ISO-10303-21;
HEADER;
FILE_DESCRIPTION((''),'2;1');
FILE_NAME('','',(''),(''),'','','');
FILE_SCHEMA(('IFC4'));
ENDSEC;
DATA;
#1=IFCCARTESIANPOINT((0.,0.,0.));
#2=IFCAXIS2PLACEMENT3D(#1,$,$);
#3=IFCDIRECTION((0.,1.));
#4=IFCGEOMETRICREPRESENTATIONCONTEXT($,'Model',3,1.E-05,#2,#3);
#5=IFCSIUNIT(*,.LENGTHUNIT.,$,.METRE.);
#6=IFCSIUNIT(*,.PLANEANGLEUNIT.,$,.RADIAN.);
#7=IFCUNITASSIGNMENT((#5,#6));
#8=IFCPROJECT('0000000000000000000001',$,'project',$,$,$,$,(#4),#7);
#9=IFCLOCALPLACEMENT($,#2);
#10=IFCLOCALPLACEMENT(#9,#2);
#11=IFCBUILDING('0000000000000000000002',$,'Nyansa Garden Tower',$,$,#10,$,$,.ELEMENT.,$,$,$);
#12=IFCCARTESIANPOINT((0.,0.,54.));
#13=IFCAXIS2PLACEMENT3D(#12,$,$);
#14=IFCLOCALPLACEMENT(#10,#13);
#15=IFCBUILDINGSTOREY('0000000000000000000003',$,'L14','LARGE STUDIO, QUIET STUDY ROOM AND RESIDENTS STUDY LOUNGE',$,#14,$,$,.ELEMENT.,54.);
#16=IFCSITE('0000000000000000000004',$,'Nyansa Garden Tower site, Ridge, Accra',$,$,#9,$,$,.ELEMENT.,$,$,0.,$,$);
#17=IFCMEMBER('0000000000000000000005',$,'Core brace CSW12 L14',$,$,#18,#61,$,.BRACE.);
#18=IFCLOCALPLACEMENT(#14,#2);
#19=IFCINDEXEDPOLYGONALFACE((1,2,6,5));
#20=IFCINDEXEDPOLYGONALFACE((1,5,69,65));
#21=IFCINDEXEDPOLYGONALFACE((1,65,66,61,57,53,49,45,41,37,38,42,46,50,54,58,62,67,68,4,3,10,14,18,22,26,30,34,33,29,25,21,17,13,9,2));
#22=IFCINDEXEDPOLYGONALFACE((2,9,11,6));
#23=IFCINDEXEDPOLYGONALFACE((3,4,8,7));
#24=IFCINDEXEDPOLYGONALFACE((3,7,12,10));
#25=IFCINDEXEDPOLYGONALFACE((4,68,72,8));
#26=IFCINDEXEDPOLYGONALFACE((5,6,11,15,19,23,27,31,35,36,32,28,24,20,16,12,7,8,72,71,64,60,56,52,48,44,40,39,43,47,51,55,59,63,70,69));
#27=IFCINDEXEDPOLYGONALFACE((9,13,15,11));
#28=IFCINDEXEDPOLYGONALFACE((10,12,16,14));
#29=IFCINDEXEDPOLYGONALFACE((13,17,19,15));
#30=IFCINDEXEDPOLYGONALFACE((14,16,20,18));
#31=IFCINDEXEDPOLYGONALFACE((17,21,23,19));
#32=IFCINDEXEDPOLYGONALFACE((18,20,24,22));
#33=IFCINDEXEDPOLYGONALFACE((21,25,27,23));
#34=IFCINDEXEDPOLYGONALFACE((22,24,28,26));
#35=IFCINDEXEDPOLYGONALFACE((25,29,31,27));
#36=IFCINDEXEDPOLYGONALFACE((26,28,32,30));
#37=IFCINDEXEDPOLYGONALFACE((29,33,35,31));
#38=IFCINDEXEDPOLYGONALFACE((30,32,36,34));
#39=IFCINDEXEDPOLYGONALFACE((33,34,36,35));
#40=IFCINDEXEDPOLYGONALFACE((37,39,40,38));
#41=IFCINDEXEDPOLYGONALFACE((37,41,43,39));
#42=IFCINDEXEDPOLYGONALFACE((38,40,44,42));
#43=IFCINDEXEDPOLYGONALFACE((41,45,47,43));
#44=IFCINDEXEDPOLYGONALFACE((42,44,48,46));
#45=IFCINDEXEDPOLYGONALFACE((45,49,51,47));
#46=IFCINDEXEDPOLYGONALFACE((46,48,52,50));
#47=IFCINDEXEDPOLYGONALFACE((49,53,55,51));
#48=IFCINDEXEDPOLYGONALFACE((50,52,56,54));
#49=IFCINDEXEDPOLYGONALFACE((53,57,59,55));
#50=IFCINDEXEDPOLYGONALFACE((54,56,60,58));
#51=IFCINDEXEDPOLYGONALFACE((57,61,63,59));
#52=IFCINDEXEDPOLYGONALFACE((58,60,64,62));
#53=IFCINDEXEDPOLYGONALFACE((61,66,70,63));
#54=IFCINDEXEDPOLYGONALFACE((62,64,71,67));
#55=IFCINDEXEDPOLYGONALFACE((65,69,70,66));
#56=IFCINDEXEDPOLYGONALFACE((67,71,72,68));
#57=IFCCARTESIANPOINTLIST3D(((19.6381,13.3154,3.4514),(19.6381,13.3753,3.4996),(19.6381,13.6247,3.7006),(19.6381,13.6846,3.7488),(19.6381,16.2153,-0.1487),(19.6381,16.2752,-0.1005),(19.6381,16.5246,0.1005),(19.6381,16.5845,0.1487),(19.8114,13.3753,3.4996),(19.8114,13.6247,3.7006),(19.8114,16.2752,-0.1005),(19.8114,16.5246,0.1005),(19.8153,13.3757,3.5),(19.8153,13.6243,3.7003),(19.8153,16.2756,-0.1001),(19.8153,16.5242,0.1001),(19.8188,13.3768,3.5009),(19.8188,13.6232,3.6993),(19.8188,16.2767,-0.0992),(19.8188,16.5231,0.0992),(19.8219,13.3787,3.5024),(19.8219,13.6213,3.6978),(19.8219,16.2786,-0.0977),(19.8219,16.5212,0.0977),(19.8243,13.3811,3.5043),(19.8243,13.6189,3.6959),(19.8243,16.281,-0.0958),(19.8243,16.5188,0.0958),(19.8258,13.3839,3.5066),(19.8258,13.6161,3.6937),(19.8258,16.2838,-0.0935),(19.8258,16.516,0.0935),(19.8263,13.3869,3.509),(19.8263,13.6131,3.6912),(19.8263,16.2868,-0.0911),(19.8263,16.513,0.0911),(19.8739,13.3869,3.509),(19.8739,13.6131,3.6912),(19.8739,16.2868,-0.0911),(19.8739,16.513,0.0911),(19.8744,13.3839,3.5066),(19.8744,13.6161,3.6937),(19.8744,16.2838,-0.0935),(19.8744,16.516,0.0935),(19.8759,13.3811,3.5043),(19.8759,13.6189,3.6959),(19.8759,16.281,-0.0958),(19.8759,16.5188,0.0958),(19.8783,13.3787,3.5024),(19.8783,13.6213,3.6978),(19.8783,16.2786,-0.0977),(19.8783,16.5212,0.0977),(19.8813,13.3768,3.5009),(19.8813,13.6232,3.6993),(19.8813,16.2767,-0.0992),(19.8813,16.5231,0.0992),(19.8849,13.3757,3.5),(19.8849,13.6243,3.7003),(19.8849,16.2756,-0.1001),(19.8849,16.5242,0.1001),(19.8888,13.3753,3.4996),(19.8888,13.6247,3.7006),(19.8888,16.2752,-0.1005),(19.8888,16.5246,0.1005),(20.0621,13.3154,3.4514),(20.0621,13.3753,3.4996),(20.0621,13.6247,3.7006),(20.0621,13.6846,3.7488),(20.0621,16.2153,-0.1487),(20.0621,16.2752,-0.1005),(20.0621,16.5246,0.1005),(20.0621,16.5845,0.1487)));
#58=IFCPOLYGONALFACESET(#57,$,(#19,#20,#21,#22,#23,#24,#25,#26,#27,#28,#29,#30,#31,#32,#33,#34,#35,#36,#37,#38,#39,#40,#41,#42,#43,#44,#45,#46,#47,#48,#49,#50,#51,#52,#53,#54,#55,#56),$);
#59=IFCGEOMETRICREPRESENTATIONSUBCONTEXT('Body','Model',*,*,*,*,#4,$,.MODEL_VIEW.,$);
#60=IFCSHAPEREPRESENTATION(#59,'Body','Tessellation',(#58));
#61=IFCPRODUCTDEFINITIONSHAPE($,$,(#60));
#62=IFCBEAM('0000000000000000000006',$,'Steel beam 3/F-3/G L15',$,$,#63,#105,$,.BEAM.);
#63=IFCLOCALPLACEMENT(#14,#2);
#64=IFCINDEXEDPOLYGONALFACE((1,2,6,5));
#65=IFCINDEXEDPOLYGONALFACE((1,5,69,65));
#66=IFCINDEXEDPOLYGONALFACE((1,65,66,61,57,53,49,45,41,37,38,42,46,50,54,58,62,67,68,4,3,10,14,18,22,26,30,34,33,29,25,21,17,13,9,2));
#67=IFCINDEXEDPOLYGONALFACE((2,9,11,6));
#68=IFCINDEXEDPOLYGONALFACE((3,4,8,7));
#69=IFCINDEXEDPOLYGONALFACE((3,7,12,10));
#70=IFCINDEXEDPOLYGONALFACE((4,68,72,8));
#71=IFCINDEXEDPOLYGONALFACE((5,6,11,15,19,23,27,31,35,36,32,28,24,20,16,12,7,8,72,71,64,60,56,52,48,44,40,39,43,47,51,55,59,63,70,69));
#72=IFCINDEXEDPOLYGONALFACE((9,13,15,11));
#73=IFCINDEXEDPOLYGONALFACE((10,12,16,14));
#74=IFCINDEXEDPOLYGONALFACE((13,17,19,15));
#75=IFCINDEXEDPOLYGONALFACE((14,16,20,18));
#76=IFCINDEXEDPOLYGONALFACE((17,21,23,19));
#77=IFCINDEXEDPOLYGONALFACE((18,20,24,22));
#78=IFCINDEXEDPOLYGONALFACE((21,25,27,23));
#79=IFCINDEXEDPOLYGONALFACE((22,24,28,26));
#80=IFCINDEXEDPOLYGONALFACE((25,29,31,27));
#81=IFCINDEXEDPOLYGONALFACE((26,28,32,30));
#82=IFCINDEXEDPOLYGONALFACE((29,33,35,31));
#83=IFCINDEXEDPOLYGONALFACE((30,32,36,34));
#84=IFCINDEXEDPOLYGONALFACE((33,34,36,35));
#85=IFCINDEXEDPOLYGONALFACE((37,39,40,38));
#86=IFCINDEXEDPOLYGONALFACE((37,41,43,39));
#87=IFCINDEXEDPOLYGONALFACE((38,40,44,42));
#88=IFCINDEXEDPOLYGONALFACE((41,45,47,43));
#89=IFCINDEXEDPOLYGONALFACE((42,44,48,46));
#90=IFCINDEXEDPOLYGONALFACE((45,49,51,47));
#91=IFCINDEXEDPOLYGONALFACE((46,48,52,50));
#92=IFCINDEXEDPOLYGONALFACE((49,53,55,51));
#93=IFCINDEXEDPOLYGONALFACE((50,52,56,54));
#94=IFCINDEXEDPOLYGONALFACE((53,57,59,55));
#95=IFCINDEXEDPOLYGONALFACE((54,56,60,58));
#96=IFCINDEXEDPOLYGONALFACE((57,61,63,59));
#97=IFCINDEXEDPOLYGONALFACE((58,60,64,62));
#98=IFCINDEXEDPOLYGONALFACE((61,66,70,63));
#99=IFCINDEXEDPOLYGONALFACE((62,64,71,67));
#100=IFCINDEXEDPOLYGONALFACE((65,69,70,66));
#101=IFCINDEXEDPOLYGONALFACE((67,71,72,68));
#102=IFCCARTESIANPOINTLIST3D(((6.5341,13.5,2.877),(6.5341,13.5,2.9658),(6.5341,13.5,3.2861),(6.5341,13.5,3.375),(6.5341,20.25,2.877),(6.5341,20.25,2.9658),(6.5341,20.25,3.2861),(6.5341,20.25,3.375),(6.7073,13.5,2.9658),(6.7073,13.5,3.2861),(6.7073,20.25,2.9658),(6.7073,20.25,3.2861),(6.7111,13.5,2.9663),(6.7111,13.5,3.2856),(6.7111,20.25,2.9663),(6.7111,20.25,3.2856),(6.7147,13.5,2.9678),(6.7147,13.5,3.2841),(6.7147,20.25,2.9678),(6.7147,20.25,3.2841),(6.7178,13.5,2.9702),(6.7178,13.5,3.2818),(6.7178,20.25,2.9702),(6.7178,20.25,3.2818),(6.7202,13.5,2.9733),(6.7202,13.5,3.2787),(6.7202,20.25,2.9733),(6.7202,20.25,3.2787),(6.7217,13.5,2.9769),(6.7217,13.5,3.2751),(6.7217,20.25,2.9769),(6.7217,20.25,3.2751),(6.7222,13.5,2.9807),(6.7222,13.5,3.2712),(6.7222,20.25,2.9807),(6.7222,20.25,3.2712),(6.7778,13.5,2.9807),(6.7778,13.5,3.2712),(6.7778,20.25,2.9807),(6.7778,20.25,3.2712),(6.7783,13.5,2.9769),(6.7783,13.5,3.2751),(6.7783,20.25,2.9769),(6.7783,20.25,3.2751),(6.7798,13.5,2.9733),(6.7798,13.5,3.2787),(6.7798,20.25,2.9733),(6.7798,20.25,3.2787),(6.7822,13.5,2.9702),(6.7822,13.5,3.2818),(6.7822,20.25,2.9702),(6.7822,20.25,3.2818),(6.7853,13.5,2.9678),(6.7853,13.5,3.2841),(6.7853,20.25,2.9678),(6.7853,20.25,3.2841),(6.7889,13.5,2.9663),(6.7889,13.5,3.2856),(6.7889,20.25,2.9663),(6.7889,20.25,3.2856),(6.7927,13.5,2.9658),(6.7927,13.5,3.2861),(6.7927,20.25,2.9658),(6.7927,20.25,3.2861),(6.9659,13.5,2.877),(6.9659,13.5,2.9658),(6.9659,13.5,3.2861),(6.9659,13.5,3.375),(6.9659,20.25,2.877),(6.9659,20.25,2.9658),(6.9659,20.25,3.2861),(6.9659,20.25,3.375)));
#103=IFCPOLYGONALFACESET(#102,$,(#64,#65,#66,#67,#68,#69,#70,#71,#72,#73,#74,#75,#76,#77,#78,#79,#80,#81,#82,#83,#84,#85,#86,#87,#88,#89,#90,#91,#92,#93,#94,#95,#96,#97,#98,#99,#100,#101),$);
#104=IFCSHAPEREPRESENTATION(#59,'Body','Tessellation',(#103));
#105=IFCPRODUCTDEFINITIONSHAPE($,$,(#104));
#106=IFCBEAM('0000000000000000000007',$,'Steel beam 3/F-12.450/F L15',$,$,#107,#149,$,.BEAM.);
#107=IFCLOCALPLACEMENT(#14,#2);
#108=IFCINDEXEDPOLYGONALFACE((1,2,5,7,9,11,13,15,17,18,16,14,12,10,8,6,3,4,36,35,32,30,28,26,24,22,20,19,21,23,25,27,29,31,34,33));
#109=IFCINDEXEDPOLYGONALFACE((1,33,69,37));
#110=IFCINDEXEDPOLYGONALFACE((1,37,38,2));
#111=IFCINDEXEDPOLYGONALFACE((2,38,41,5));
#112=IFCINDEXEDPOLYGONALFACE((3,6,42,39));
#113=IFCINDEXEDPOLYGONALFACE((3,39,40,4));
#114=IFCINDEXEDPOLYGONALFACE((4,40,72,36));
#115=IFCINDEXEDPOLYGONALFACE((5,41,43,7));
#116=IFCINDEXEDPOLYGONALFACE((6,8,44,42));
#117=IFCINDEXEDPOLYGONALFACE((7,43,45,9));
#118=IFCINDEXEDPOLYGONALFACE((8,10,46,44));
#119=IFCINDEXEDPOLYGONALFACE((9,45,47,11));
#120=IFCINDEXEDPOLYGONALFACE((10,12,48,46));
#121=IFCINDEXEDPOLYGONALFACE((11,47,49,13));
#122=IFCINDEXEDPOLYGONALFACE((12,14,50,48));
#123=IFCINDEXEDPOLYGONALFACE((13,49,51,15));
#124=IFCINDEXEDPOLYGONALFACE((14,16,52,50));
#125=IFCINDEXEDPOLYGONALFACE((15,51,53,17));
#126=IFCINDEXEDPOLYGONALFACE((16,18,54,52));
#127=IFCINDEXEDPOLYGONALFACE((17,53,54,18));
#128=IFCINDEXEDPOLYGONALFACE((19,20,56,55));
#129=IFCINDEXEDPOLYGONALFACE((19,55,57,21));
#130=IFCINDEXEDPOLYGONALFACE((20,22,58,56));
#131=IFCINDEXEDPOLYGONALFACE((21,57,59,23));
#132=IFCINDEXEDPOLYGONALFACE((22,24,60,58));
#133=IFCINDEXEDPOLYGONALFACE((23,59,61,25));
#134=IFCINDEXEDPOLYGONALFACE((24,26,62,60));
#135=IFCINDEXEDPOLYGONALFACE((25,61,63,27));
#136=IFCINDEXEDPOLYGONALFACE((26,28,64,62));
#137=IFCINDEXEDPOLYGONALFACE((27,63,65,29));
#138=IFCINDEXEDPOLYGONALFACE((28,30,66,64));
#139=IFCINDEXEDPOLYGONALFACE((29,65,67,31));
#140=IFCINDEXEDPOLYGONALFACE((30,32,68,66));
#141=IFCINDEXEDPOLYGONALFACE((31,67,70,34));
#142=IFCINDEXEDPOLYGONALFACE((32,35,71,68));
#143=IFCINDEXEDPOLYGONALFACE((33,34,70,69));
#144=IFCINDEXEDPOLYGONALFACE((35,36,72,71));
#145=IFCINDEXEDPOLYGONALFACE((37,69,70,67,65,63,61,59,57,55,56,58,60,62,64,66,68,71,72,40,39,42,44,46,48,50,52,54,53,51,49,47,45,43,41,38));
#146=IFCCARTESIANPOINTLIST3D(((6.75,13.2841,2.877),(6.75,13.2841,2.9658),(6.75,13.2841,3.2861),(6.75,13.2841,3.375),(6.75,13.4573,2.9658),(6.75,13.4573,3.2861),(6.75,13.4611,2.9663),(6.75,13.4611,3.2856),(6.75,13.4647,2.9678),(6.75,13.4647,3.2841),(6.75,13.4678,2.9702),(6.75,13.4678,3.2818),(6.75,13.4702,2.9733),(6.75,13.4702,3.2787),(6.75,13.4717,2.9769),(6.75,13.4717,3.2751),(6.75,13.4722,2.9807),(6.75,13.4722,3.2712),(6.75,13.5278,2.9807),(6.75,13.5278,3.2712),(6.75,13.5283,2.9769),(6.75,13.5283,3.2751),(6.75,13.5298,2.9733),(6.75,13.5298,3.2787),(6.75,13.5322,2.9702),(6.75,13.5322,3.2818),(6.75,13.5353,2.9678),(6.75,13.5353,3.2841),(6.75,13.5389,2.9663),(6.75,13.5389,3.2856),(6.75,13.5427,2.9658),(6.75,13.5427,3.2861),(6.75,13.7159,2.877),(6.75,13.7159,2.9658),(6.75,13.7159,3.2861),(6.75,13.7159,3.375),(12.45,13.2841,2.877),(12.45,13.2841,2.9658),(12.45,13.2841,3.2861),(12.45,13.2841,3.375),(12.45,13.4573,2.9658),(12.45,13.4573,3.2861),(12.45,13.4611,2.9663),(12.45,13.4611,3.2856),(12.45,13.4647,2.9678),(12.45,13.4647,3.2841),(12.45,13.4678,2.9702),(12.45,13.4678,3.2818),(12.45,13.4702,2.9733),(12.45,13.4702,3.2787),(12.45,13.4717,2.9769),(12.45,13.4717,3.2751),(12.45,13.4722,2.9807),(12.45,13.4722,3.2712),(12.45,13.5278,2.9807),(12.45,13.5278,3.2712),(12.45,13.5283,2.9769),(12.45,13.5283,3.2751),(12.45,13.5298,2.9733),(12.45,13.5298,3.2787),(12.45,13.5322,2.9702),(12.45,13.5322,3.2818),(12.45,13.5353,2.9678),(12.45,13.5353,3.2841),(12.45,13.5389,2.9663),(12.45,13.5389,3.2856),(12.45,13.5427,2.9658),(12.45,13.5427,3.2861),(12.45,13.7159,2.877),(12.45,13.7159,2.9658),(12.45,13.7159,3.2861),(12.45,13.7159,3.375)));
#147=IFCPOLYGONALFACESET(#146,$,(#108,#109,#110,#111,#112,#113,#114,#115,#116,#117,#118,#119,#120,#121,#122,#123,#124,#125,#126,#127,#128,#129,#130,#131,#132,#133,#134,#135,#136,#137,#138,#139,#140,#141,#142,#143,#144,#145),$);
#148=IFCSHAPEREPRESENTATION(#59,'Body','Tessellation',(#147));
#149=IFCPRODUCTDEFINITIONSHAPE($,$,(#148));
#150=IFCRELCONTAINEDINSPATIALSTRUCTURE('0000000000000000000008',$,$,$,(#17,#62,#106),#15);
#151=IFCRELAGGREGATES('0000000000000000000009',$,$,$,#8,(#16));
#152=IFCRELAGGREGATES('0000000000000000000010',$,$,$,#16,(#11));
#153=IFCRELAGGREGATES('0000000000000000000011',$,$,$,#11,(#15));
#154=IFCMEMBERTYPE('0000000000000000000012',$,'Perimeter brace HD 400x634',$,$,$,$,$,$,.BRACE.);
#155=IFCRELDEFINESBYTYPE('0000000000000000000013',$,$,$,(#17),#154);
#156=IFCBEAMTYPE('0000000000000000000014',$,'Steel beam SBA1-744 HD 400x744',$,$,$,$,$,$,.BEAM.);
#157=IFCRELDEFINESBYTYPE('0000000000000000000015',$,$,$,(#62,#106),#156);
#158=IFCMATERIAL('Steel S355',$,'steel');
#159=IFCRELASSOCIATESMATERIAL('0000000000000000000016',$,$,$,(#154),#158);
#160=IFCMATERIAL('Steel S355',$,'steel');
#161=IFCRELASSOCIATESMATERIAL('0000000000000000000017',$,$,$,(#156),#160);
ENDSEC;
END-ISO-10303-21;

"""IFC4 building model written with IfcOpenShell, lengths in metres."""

from ifc_helpers import new_model, si_unit, direction, frame, origin, origin_2d, place, context, subcontext, project, spatial, i_section, extrude, material, material_profile, profile_set, type_object, element, save


model = new_model("IFC4")

# Units and contexts
model_context = context("Model", 3, precision=1e-05, world=origin(), true_north=direction((0.0, 1.0)))
body_context = subcontext(model_context, "Body", "Model", "MODEL_VIEW")
ifc_project = project(units=[si_unit("LENGTHUNIT", "METRE"), si_unit("PLANEANGLEUNIT", "RADIAN")], contexts=[model_context])

# Site, building, storey
site_placement = place(None, origin())
site = spatial("IfcSite", under=ifc_project, at=site_placement, Name="Nyansa Garden Tower site, Ridge, Accra", CompositionType="ELEMENT", RefElevation=0.0)
building_placement = place(site_placement, origin())
building = spatial("IfcBuilding", under=site, at=building_placement, Name="Nyansa Garden Tower", CompositionType="ELEMENT")
storey_placement = place(building_placement, frame((0.0, 0.0, 54.0)))
storey = spatial("IfcBuildingStorey", under=building, at=storey_placement, Name="L14", Description="LARGE STUDIO, QUIET STUDY ROOM AND RESIDENTS STUDY LOUNGE", CompositionType="ELEMENT", Elevation=54.0)

# Member
ifc_material_1 = material(Name="Steel S355", Category="steel")
ifc_material_profile_1 = material_profile(ifc_material_1, i_section(OverallWidth=0.4241, OverallDepth=0.4741, WebThickness=0.0476, FlangeThickness=0.0769, FilletRadius=0.0149, at=origin_2d()), Name="HD 400x634")
ifc_profile_set_1 = profile_set([ifc_material_profile_1], Name="Steel S355")
member_type = type_object("IfcMemberType", Name="Perimeter brace HD 400x634", PredefinedType="BRACE", material=ifc_profile_set_1)
for number, where, z_axis, x_axis, name in (
    (1, (19.8501, 16.3999, 0.0), (0.0, -0.627306, 0.778773), (1.0, 0.0, 0.0), "Core brace CSW12 L14"),
):
    element("IfcMember", number, at=place(storey_placement, frame(where, z_axis=z_axis, x_axis=x_axis)), inside=storey, type_object=member_type, Name=name, PredefinedType="BRACE", context=body_context, shape_type="SweptSolid", body=[
        extrude(i_section(OverallWidth=0.4241, OverallDepth=0.4741, WebThickness=0.0476, FlangeThickness=0.0769, FilletRadius=0.0149, at=origin_2d()), origin(), (0.0, 0.0, 1.0), 4.6228),
    ])

# Beams
ifc_material_2 = material(Name="Steel S355", Category="steel")
ifc_material_profile_2 = material_profile(ifc_material_2, i_section(OverallWidth=0.4319, OverallDepth=0.498, WebThickness=0.0557, FlangeThickness=0.0889, FilletRadius=0.0149, at=origin_2d()), Name="HD 400x744")
ifc_profile_set_2 = profile_set([ifc_material_profile_2], Name="Steel S355")
beam_type = type_object("IfcBeamType", Name="Steel beam SBA1-744 HD 400x744", PredefinedType="BEAM", material=ifc_profile_set_2)
beam_1_placement = place(storey_placement, frame((6.75, 13.5, 3.126), z_axis=(0.0, 1.0, 0.0), x_axis=(-1.0, 0.0, 0.0)))
element("IfcBeam", 2, at=beam_1_placement, inside=storey, type_object=beam_type, Name="Steel beam 3/F-3/G L15", PredefinedType="BEAM", context=body_context, shape_type="SweptSolid", body=[
    extrude(i_section(OverallWidth=0.4319, OverallDepth=0.498, WebThickness=0.0557, FlangeThickness=0.0889, FilletRadius=0.0149, at=origin_2d()), origin(), (0.0, 0.0, 1.0), 6.75),
])
beam_2_placement = place(storey_placement, frame((6.75, 13.5, 3.126), z_axis=(1.0, 0.0, 0.0), x_axis=(0.0, 1.0, 0.0)))
element("IfcBeam", 3, at=beam_2_placement, inside=storey, type_object=beam_type, Name="Steel beam 3/F-12.450/F L15", PredefinedType="BEAM", context=body_context, shape_type="SweptSolid", body=[
    extrude(i_section(OverallWidth=0.4319, OverallDepth=0.498, WebThickness=0.0557, FlangeThickness=0.0889, FilletRadius=0.0149, at=origin_2d()), origin(), (0.0, 0.0, 1.0), 5.7),
])

save(model, "model.ifc")
